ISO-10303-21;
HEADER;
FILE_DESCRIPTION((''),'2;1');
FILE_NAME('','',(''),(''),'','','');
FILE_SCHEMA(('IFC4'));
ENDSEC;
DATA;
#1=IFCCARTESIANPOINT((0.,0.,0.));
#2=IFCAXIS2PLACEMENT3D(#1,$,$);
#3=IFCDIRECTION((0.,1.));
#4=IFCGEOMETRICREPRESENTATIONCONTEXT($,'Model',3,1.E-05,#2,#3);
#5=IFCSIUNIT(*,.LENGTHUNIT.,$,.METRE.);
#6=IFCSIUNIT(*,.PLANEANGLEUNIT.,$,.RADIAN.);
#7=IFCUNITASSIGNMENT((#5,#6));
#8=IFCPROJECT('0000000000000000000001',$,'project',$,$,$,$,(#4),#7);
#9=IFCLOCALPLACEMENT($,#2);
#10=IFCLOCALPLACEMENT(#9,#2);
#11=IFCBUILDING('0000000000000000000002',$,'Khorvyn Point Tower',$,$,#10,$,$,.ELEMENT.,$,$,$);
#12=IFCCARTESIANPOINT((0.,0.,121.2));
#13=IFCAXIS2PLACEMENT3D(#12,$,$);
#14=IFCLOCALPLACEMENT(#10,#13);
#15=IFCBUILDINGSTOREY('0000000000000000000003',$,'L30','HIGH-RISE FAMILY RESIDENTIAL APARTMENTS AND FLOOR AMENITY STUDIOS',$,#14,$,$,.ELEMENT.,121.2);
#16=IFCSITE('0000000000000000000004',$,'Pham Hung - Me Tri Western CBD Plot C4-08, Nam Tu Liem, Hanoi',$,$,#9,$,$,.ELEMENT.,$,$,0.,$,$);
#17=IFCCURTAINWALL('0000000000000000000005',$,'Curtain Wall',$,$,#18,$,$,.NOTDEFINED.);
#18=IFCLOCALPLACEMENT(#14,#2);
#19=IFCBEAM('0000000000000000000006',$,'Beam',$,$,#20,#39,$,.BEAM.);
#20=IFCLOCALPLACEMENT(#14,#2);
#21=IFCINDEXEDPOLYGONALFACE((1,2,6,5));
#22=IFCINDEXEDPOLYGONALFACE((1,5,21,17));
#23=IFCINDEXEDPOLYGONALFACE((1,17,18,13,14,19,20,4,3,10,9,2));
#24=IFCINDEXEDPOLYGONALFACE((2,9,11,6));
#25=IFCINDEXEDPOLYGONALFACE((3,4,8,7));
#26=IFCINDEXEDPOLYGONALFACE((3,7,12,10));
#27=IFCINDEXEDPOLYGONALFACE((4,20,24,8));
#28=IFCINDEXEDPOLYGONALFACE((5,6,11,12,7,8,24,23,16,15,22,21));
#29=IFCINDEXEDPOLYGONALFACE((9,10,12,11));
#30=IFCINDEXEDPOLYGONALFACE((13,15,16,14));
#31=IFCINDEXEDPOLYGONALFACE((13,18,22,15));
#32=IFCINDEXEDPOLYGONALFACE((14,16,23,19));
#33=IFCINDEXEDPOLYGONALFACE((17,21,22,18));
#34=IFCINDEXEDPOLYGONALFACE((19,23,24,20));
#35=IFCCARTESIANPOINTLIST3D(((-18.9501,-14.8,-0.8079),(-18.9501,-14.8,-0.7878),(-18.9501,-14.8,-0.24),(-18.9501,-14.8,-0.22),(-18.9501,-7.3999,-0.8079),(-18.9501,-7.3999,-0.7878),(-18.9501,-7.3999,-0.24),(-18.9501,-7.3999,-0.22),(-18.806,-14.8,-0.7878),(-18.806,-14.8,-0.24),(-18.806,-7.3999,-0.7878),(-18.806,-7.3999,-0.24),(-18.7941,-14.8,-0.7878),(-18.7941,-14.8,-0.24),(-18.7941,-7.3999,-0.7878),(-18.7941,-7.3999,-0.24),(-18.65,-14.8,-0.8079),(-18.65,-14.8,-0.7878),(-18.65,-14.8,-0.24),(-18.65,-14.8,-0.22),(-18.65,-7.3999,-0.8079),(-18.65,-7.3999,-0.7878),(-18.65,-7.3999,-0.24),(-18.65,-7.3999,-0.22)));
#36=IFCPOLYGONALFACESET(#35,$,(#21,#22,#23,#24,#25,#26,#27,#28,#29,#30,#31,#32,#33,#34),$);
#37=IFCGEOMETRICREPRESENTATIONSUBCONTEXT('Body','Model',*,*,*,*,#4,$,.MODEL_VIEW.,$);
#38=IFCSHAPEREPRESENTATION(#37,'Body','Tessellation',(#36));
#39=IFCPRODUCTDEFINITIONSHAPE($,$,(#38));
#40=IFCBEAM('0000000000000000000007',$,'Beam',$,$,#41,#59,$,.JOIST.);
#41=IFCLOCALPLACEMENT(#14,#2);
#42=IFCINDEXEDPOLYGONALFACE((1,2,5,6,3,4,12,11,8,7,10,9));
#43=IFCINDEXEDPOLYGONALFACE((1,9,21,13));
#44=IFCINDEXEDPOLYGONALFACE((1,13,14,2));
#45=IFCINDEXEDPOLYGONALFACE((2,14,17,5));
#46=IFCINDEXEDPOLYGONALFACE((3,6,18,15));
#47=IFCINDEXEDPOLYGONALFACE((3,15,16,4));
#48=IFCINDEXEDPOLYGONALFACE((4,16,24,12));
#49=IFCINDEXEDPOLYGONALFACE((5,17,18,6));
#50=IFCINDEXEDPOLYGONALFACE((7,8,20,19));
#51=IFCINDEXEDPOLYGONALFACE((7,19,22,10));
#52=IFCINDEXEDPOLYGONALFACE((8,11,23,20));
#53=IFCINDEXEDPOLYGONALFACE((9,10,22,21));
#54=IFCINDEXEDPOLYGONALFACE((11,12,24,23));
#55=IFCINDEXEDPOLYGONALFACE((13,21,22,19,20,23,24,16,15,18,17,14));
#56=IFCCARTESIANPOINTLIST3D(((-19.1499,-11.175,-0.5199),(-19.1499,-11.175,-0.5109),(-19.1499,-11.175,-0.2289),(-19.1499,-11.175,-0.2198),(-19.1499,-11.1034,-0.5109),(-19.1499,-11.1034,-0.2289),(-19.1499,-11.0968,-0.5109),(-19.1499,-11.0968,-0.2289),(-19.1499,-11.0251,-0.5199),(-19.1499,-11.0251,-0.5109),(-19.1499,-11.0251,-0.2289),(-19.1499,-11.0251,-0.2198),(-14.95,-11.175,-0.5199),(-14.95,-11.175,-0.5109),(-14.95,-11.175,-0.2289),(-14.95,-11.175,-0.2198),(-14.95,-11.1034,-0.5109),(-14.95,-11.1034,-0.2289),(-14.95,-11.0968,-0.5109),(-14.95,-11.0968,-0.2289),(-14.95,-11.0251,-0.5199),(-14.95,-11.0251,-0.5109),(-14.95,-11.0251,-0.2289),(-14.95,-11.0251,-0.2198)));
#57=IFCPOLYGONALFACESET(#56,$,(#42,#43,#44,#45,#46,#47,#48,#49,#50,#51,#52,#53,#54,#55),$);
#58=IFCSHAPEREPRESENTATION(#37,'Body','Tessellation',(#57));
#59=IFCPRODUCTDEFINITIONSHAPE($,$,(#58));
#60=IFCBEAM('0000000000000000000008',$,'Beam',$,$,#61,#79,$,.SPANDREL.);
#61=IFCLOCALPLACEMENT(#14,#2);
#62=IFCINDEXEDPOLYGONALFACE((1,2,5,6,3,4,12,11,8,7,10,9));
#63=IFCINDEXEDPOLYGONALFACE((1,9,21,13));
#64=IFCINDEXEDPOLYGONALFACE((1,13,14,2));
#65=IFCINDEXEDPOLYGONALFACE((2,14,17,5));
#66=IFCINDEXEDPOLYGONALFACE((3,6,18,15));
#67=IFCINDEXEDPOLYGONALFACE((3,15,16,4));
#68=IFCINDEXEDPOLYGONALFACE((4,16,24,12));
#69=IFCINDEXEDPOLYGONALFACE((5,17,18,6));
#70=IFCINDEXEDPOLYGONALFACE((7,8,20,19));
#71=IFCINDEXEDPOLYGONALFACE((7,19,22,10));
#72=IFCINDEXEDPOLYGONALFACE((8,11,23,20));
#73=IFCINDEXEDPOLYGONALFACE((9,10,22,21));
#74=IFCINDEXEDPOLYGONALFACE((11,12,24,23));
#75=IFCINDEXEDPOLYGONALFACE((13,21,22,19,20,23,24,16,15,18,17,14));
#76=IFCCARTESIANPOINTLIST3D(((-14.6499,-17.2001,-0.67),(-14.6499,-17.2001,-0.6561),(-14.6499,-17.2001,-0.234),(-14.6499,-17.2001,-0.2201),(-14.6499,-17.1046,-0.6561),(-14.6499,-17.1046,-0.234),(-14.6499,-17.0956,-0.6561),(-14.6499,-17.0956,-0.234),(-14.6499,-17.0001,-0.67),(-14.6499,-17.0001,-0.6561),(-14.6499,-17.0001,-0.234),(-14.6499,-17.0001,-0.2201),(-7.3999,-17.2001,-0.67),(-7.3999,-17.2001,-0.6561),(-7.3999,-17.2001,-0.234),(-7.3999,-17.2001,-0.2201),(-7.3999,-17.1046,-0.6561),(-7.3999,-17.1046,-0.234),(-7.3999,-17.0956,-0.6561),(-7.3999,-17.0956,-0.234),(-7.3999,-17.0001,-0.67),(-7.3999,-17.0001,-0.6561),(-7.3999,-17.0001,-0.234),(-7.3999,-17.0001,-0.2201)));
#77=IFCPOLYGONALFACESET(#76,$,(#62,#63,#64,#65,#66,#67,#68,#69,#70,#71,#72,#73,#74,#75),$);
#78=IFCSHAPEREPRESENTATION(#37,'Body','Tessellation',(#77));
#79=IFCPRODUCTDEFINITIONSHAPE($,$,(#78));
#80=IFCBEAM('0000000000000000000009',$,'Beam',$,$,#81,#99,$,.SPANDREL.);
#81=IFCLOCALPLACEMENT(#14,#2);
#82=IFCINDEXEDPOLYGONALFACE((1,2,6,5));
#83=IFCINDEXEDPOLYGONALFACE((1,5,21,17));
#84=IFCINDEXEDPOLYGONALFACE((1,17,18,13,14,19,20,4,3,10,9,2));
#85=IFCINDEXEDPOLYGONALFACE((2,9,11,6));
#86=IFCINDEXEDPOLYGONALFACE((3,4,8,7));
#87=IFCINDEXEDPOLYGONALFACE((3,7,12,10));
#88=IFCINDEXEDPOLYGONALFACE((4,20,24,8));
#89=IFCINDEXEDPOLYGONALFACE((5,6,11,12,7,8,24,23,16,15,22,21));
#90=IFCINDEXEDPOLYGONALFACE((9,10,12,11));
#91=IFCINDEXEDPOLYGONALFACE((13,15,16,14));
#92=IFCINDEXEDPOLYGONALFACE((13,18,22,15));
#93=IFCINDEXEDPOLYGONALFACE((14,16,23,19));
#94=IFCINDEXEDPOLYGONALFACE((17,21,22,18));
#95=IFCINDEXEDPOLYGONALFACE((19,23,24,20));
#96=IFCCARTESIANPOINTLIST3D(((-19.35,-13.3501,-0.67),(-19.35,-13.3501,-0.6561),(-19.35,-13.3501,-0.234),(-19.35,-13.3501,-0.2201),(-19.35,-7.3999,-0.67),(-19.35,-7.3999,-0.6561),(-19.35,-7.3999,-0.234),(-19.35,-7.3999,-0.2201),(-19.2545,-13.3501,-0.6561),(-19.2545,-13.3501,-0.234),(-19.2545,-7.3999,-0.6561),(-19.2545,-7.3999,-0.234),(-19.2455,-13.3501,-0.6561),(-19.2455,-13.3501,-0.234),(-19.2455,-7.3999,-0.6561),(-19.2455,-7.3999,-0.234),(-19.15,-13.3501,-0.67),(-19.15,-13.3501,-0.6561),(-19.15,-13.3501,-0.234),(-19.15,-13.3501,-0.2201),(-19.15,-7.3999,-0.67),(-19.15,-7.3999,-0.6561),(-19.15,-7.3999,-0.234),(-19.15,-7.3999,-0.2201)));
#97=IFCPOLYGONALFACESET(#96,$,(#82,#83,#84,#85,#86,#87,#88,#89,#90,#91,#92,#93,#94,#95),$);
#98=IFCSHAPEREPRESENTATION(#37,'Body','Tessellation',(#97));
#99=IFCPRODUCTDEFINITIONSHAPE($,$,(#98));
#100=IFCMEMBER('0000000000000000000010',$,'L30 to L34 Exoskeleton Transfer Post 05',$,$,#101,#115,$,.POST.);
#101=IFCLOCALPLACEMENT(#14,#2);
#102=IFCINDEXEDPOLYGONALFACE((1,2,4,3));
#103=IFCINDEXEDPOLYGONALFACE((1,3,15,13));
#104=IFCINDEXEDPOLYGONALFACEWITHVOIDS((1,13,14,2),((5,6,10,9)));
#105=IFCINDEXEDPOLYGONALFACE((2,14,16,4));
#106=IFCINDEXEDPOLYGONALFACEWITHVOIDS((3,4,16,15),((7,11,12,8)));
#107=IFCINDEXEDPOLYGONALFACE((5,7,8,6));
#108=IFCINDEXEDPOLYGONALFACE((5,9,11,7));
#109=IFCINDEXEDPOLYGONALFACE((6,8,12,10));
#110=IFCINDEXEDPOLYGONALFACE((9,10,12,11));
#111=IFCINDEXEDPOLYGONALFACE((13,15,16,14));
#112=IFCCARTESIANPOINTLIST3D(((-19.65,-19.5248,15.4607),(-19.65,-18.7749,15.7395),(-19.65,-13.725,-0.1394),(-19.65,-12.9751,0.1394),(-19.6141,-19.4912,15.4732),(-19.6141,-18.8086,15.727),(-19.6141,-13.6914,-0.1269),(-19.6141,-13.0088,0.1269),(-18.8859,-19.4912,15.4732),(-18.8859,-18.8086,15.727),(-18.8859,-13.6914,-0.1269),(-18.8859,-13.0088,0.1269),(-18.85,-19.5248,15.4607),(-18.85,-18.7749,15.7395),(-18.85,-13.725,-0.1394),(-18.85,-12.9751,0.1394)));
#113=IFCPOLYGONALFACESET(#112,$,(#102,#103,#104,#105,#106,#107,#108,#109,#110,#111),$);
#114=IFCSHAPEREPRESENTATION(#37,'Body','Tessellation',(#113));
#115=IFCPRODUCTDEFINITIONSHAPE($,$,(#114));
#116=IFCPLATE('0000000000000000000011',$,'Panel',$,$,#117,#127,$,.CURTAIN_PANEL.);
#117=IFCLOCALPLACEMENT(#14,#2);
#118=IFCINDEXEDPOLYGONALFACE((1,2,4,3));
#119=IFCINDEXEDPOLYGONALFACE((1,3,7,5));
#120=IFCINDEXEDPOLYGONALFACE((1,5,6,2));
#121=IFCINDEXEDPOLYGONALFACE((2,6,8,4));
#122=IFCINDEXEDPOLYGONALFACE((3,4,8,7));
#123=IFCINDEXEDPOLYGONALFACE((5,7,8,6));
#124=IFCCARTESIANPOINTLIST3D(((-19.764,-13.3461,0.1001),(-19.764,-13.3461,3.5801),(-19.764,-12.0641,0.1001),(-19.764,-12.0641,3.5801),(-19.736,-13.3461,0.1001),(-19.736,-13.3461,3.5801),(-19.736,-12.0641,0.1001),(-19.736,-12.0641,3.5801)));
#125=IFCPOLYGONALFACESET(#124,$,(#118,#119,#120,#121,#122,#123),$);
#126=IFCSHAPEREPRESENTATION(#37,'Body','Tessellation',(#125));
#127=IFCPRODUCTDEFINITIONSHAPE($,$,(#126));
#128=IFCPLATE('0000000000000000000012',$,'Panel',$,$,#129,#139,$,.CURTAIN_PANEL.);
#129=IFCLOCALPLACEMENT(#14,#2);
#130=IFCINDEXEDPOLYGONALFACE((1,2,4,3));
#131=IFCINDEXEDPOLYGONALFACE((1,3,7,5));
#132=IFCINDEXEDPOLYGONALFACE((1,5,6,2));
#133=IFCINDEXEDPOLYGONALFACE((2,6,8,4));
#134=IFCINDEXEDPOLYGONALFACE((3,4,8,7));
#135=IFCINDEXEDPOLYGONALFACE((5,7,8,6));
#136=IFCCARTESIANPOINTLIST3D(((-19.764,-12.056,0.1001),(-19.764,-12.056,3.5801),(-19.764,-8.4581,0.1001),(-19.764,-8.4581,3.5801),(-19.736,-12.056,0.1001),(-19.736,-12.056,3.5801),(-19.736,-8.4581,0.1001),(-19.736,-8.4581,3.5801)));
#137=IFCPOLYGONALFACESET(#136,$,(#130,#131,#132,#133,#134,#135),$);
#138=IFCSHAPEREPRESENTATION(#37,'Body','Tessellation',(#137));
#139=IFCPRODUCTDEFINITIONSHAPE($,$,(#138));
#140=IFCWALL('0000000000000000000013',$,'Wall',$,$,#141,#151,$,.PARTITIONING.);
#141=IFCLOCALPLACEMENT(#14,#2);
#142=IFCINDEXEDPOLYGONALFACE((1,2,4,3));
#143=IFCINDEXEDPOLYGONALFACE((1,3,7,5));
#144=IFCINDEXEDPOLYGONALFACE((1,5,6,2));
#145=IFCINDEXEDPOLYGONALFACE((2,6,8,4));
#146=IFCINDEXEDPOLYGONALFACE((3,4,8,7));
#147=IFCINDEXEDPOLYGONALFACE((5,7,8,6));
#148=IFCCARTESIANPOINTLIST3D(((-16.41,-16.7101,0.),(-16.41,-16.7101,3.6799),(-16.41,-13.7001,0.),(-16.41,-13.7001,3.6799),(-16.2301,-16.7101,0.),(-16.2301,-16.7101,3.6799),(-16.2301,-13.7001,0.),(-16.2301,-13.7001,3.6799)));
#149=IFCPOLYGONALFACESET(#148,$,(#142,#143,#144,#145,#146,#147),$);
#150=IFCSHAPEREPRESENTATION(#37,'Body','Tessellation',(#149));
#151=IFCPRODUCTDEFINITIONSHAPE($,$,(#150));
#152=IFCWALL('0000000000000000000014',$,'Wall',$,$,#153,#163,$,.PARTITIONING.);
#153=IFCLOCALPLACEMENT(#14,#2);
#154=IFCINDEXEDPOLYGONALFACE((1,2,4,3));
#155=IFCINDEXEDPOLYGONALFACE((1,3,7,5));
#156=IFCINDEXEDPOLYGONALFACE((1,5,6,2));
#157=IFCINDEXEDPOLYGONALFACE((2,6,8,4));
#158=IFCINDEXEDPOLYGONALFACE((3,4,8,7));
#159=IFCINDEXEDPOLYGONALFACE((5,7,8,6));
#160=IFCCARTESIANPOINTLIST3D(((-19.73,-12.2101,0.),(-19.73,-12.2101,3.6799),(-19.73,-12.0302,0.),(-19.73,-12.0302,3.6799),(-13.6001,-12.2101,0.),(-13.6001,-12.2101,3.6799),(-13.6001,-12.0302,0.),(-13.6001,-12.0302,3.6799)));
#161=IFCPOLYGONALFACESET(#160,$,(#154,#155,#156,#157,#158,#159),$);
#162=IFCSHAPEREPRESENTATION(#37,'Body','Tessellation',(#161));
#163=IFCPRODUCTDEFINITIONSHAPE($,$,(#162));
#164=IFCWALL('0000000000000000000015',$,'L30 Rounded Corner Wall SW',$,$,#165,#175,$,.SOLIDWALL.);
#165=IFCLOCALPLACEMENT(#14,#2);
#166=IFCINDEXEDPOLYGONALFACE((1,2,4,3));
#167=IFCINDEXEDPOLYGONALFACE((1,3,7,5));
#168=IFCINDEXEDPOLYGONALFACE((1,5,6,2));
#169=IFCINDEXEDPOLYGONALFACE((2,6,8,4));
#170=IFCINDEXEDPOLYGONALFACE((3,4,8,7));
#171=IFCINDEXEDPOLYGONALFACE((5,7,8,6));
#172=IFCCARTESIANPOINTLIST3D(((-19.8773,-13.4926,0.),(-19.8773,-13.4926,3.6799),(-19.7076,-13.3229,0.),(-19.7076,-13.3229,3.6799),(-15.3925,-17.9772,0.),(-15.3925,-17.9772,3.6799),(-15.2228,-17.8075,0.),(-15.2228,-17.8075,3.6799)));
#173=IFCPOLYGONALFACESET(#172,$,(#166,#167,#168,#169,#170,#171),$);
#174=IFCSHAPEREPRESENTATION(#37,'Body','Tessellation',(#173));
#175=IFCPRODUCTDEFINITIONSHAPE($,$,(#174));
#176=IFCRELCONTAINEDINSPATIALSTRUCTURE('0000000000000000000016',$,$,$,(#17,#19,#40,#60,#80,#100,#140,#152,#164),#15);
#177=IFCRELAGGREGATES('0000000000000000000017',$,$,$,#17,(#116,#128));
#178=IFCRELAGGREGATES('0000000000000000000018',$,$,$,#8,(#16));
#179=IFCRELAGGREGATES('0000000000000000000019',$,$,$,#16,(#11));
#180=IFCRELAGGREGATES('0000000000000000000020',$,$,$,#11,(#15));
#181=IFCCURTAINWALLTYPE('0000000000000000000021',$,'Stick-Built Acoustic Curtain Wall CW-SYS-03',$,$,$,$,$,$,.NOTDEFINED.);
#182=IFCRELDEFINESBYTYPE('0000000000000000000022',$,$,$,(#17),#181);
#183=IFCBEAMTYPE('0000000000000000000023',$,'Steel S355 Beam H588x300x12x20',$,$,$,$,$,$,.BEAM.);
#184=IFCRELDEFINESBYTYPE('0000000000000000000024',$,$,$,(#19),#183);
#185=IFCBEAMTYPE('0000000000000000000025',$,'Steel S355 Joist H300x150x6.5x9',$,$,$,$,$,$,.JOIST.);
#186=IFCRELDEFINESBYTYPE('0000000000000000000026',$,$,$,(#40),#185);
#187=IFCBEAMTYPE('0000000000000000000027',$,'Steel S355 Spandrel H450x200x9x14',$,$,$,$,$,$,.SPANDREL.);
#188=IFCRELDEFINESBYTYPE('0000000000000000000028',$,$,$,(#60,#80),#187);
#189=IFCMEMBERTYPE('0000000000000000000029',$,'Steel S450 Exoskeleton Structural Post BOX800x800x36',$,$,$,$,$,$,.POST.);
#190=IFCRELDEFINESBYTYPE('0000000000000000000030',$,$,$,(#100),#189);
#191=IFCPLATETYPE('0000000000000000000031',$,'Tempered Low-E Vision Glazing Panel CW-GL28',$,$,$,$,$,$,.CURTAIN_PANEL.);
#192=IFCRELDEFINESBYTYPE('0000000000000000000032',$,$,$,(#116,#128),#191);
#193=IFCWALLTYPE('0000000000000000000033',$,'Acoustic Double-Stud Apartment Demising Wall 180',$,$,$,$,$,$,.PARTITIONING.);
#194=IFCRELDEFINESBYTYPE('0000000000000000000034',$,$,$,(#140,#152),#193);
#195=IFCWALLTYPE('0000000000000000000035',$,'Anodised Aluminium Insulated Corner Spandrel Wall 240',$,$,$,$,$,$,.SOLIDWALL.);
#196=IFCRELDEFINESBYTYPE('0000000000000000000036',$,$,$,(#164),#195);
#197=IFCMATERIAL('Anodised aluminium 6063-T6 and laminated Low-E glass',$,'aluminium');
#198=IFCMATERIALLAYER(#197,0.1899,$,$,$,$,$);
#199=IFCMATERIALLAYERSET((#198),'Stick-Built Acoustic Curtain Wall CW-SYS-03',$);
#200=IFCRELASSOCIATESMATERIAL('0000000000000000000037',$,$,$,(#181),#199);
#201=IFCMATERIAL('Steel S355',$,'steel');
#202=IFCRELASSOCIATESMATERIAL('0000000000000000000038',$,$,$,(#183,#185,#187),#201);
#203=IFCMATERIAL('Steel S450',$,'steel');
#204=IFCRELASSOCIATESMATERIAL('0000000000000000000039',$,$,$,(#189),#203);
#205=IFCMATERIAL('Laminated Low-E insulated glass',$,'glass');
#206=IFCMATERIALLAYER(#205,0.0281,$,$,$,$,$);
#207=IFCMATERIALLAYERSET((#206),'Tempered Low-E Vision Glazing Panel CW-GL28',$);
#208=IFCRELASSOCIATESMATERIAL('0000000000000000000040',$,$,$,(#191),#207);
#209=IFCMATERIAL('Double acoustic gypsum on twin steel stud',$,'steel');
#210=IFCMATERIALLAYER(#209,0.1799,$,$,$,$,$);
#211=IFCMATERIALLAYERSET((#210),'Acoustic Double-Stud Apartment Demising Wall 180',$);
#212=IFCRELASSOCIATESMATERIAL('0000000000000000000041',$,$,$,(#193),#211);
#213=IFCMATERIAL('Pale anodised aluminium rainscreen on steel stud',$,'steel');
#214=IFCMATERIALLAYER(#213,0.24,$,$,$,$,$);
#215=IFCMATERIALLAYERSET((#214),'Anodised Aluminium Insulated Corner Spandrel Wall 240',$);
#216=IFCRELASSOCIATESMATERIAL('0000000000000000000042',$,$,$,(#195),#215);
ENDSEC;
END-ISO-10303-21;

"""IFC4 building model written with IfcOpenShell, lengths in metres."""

from ifc_helpers import new_model, si_unit, direction, frame, frame_2d, origin, origin_2d, place, context, subcontext, project, spatial, rectangle, hollow_rectangle, i_section, extrude, material, layer, layer_set, material_profile, profile_set, type_object, element, aggregate, save


model = new_model("IFC4")

# Units and contexts
model_context = context("Model", 3, precision=1e-05, world=origin(), true_north=direction((0.0, 1.0)))
body_context = subcontext(model_context, "Body", "Model", "MODEL_VIEW")
ifc_project = project(units=[si_unit("LENGTHUNIT", "METRE"), si_unit("PLANEANGLEUNIT", "RADIAN")], contexts=[model_context])

# Site, building, storey
site_placement = place(None, origin())
site = spatial("IfcSite", under=ifc_project, at=site_placement, Name="Pham Hung - Me Tri Western CBD Plot C4-08, Nam Tu Liem, Hanoi", CompositionType="ELEMENT", RefElevation=0.0)
building_placement = place(site_placement, origin())
building = spatial("IfcBuilding", under=site, at=building_placement, Name="Khorvyn Point Tower", CompositionType="ELEMENT")
storey_placement = place(building_placement, frame((0.0, 0.0, 121.2)))
storey = spatial("IfcBuildingStorey", under=building, at=storey_placement, Name="L30", Description="HIGH-RISE FAMILY RESIDENTIAL APARTMENTS AND FLOOR AMENITY STUDIOS", CompositionType="ELEMENT", Elevation=121.2)

# Shared definitions
ifc_material_1 = material(Name="Steel S450", Category="steel")

# Shared definitions
ifc_material_2 = material(Name="Anodised aluminium 6063-T6 and laminated Low-E glass", Category="aluminium")
ifc_layer_1 = layer(ifc_material_2, 0.1899)
ifc_layer_set_1 = layer_set([ifc_layer_1], Name="Stick-Built Acoustic Curtain Wall CW-SYS-03")
curtain_wall_type = type_object("IfcCurtainWallType", Name="Stick-Built Acoustic Curtain Wall CW-SYS-03", PredefinedType="NOTDEFINED", material=ifc_layer_set_1)

# Curtain wall
curtain_wall_1_placement = place(storey_placement, origin())
curtain_wall_1 = element("IfcCurtainWall", 1, at=curtain_wall_1_placement, inside=storey, type_object=curtain_wall_type, Name="Curtain Wall", PredefinedType="NOTDEFINED")

# Beams
ifc_material_3 = material(Name="Steel S355", Category="steel")
ifc_material_profile_1 = material_profile(ifc_material_3, i_section(OverallWidth=0.3, OverallDepth=0.5879, WebThickness=0.012, FlangeThickness=0.02, at=origin_2d()))
ifc_profile_set_1 = profile_set([ifc_material_profile_1], Name="Steel S355 H588x300x12x20")
beam_type_1 = type_object("IfcBeamType", Name="Steel S355 Beam H588x300x12x20", PredefinedType="BEAM", material=ifc_profile_set_1)
for number, where, z_axis, x_axis, name in (
    (2, (-18.8, -14.8, -0.5139), (0.0, 1.0, 0.0), (-1.0, 0.0, 0.0), "Beam"),
):
    element("IfcBeam", number, at=place(storey_placement, frame(where, z_axis=z_axis, x_axis=x_axis)), inside=storey, type_object=beam_type_1, Name=name, PredefinedType="BEAM", context=body_context, shape_type="SweptSolid", body=[
        extrude(i_section(OverallWidth=0.3, OverallDepth=0.5879, WebThickness=0.012, FlangeThickness=0.02, at=origin_2d()), origin(), (0.0, 0.0, 1.0), 7.4001),
    ])
ifc_material_profile_2 = material_profile(ifc_material_3, i_section(OverallWidth=0.1499, OverallDepth=0.3, WebThickness=0.0066, FlangeThickness=0.009, at=origin_2d()))
ifc_profile_set_2 = profile_set([ifc_material_profile_2], Name="Steel S355 H300x150x6.5x9")
beam_type_2 = type_object("IfcBeamType", Name="Steel S355 Joist H300x150x6.5x9", PredefinedType="JOIST", material=ifc_profile_set_2)
beam_1_placement = place(storey_placement, frame((-19.1499, -11.1001, -0.3699), z_axis=(1.0, 0.0, 0.0), x_axis=(0.0, 1.0, 0.0)))
element("IfcBeam", 3, at=beam_1_placement, inside=storey, type_object=beam_type_2, Name="Beam", PredefinedType="JOIST", context=body_context, shape_type="SweptSolid", body=[
    extrude(i_section(OverallWidth=0.1499, OverallDepth=0.3, WebThickness=0.0066, FlangeThickness=0.009, at=origin_2d()), origin(), (0.0, 0.0, 1.0), 4.2),
])
ifc_material_profile_3 = material_profile(ifc_material_3, i_section(OverallWidth=0.2, OverallDepth=0.45, WebThickness=0.009, FlangeThickness=0.0139, at=origin_2d()))
ifc_profile_set_3 = profile_set([ifc_material_profile_3], Name="Steel S355 H450x200x9x14")
beam_type_3 = type_object("IfcBeamType", Name="Steel S355 Spandrel H450x200x9x14", PredefinedType="SPANDREL", material=ifc_profile_set_3)
beam_2_placement = place(storey_placement, frame((-14.6499, -17.1001, -0.4451), z_axis=(1.0, 0.0, 0.0), x_axis=(0.0, 1.0, 0.0)))
element("IfcBeam", 4, at=beam_2_placement, inside=storey, type_object=beam_type_3, Name="Beam", PredefinedType="SPANDREL", context=body_context, shape_type="SweptSolid", body=[
    extrude(i_section(OverallWidth=0.2, OverallDepth=0.45, WebThickness=0.009, FlangeThickness=0.0139, at=origin_2d()), origin(), (0.0, 0.0, 1.0), 7.25),
])
beam_3_placement = place(storey_placement, frame((-19.25, -13.3501, -0.4451), z_axis=(0.0, 1.0, 0.0), x_axis=(-1.0, 0.0, 0.0)))
element("IfcBeam", 5, at=beam_3_placement, inside=storey, type_object=beam_type_3, Name="Beam", PredefinedType="SPANDREL", context=body_context, shape_type="SweptSolid", body=[
    extrude(i_section(OverallWidth=0.2, OverallDepth=0.45, WebThickness=0.009, FlangeThickness=0.0139, at=origin_2d()), origin(), (0.0, 0.0, 1.0), 5.9502),
])

# Member
ifc_material_profile_4 = material_profile(ifc_material_1, hollow_rectangle(XDim=0.8, YDim=0.8, WallThickness=0.0359, at=origin_2d()))
ifc_profile_set_4 = profile_set([ifc_material_profile_4], Name="Steel S450 BOX800x800x36")
member_type_1 = type_object("IfcMemberType", Name="Steel S450 Exoskeleton Structural Post BOX800x800x36", PredefinedType="POST", material=ifc_profile_set_4)
member_1_placement = place(storey_placement, frame((-19.25, -13.3501, 0.0), z_axis=(0.0, -0.348476, 0.937318), x_axis=(1.0, 0.0, 0.0)))
element("IfcMember", 6, at=member_1_placement, inside=storey, type_object=member_type_1, Name="L30 to L34 Exoskeleton Transfer Post 05", PredefinedType="POST", context=body_context, shape_type="SweptSolid", body=[
    extrude(hollow_rectangle(XDim=0.8, YDim=0.8, WallThickness=0.0359, at=origin_2d()), origin(), (0.0, 0.0, 1.0), 16.6433),
])

# Plates
ifc_material_4 = material(Name="Laminated Low-E insulated glass", Category="glass")
ifc_layer_2 = layer(ifc_material_4, 0.0281)
ifc_layer_set_2 = layer_set([ifc_layer_2], Name="Tempered Low-E Vision Glazing Panel CW-GL28")
plate_type = type_object("IfcPlateType", Name="Tempered Low-E Vision Glazing Panel CW-GL28", PredefinedType="CURTAIN_PANEL", material=ifc_layer_set_2)
plate_1_placement = place(storey_placement, frame((-19.75, -12.7051, 0.1001), z_axis=(0.0, 0.0, 1.0), x_axis=(0.0, 1.0, 0.0)))
plate_1 = element("IfcPlate", 7, at=plate_1_placement, type_object=plate_type, Name="Panel", PredefinedType="CURTAIN_PANEL", context=body_context, shape_type="SweptSolid", body=[
    extrude(rectangle(XDim=1.282, YDim=0.0281, at=origin_2d()), origin(), (0.0, 0.0, 1.0), 3.48),
])
plate_2_placement = place(storey_placement, frame((-19.75, -10.2571, 0.1001), z_axis=(0.0, 0.0, 1.0), x_axis=(0.0, 1.0, 0.0)))
plate_2 = element("IfcPlate", 8, at=plate_2_placement, type_object=plate_type, Name="Panel", PredefinedType="CURTAIN_PANEL", context=body_context, shape_type="SweptSolid", body=[
    extrude(rectangle(XDim=3.5979, YDim=0.0281, at=origin_2d()), origin(), (0.0, 0.0, 1.0), 3.48),
])
aggregate(curtain_wall_1, [plate_1, plate_2])

# Walls
ifc_material_5 = material(Name="Double acoustic gypsum on twin steel stud", Category="steel")
ifc_layer_3 = layer(ifc_material_5, 0.1799)
ifc_layer_set_3 = layer_set([ifc_layer_3], Name="Acoustic Double-Stud Apartment Demising Wall 180")
wall_type_1 = type_object("IfcWallType", Name="Acoustic Double-Stud Apartment Demising Wall 180", PredefinedType="PARTITIONING", material=ifc_layer_set_3)
wall_1_placement = place(storey_placement, frame((-16.3201, -16.71, 0.0), z_axis=(0.0, 0.0, 1.0), x_axis=(0.0, 1.0, 0.0)))
element("IfcWall", 9, at=wall_1_placement, inside=storey, type_object=wall_type_1, Name="Wall", PredefinedType="PARTITIONING", context=body_context, shape_type="SweptSolid", body=[
    extrude(rectangle(XDim=3.01, YDim=0.1799, at=frame_2d((1.5049, 0.0))), origin(), (0.0, 0.0, 1.0), 3.6799),
])
wall_2_placement = place(storey_placement, frame((-19.73, -12.1201, 0.0), z_axis=(0.0, 0.0, 1.0), x_axis=(1.0, 0.0, 0.0)))
element("IfcWall", 10, at=wall_2_placement, inside=storey, type_object=wall_type_1, Name="Wall", PredefinedType="PARTITIONING", context=body_context, shape_type="SweptSolid", body=[
    extrude(rectangle(XDim=6.1299, YDim=0.1799, at=frame_2d((3.0649, 0.0))), origin(), (0.0, 0.0, 1.0), 3.6799),
])
ifc_material_6 = material(Name="Pale anodised aluminium rainscreen on steel stud", Category="steel")
ifc_layer_4 = layer(ifc_material_6, 0.24)
ifc_layer_set_4 = layer_set([ifc_layer_4], Name="Anodised Aluminium Insulated Corner Spandrel Wall 240")
wall_type_2 = type_object("IfcWallType", Name="Anodised Aluminium Insulated Corner Spandrel Wall 240", PredefinedType="SOLIDWALL", material=ifc_layer_set_4)
wall_3_placement = place(storey_placement, frame((-15.3076, -17.8923, 0.0), z_axis=(0.0, 0.0, 1.0), x_axis=(-0.707126, 0.707088, 0.0)))
element("IfcWall", 11, at=wall_3_placement, inside=storey, type_object=wall_type_2, Name="L30 Rounded Corner Wall SW", PredefinedType="SOLIDWALL", context=body_context, shape_type="SweptSolid", body=[
    extrude(rectangle(XDim=6.3423, YDim=0.24, at=frame_2d((3.1711, 0.0))), origin(), (0.0, 0.0, 1.0), 3.6799),
])

save(model, "model.ifc")
